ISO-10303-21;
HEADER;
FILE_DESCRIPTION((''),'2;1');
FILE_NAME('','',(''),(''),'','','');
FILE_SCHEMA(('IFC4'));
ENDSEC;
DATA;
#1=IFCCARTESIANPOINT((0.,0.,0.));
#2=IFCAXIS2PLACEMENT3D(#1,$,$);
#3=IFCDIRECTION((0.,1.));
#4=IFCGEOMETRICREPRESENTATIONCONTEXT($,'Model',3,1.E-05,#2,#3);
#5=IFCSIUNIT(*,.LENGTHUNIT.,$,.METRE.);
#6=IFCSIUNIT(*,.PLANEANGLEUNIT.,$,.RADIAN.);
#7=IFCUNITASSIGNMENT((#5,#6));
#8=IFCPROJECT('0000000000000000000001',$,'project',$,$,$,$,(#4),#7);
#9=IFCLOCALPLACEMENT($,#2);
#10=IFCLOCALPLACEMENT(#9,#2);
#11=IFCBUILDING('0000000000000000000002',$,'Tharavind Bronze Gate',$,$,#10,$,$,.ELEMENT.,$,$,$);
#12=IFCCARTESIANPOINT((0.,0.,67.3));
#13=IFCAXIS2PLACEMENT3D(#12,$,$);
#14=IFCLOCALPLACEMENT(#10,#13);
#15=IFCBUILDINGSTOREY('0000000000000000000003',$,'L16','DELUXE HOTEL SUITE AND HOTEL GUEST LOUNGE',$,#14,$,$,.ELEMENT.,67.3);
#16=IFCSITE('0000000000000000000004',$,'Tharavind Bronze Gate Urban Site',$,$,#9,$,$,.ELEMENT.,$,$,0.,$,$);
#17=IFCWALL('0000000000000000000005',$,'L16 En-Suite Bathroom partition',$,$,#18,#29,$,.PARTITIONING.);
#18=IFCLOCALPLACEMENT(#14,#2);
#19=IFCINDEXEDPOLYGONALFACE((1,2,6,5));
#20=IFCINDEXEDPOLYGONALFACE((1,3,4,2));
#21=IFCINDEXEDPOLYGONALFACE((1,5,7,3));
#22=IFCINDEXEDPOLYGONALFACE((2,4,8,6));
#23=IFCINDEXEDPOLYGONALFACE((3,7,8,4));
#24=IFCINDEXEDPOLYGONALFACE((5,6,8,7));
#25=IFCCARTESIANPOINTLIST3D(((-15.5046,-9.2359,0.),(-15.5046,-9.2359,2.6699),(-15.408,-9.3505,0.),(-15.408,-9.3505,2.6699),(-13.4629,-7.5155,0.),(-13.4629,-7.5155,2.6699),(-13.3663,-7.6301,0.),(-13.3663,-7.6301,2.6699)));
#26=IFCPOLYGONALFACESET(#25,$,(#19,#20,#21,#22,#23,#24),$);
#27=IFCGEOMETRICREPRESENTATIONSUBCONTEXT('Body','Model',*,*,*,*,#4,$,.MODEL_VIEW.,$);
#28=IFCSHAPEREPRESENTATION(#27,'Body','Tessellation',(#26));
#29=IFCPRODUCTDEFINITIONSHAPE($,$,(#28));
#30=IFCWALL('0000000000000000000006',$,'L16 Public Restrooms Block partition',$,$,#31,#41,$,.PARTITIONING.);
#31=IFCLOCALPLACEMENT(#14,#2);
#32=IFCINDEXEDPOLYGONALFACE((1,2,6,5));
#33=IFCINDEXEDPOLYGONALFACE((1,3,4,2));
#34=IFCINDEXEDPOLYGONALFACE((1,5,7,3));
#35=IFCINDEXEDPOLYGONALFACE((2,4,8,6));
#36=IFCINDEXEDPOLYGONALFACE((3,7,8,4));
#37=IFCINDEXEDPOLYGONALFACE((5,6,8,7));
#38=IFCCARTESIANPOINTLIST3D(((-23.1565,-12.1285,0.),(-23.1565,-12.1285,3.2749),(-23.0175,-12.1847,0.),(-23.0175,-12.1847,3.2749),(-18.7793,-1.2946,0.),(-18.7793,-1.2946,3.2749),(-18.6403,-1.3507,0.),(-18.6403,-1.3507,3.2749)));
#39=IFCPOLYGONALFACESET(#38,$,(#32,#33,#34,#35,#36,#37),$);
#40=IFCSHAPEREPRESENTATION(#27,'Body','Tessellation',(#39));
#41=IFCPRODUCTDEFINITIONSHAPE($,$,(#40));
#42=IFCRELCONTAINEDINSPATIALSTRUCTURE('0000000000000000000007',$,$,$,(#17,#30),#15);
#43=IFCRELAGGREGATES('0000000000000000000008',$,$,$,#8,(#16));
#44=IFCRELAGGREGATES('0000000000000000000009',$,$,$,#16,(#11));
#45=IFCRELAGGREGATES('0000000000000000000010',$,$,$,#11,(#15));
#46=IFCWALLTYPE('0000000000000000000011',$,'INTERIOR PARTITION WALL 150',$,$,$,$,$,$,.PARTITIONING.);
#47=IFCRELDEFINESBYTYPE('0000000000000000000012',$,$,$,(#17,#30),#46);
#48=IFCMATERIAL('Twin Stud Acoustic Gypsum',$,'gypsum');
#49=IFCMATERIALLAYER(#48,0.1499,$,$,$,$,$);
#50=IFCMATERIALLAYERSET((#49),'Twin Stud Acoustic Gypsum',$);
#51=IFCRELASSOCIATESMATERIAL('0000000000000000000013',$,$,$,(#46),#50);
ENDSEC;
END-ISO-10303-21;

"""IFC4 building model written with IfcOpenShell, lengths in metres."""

from ifc_helpers import new_model, si_unit, direction, frame, frame_2d, origin, place, context, subcontext, project, spatial, rectangle, extrude, material, layer, layer_set, type_object, element, save


model = new_model("IFC4")

# Units and contexts
model_context = context("Model", 3, precision=1e-05, world=origin(), true_north=direction((0.0, 1.0)))
body_context = subcontext(model_context, "Body", "Model", "MODEL_VIEW")
ifc_project = project(units=[si_unit("LENGTHUNIT", "METRE"), si_unit("PLANEANGLEUNIT", "RADIAN")], contexts=[model_context])

# Site, building, storey
site_placement = place(None, origin())
site = spatial("IfcSite", under=ifc_project, at=site_placement, Name="Tharavind Bronze Gate Urban Site", CompositionType="ELEMENT", RefElevation=0.0)
building_placement = place(site_placement, origin())
building = spatial("IfcBuilding", under=site, at=building_placement, Name="Tharavind Bronze Gate", CompositionType="ELEMENT")
storey_placement = place(building_placement, frame((0.0, 0.0, 67.3)))
storey = spatial("IfcBuildingStorey", under=building, at=storey_placement, Name="L16", Description="DELUXE HOTEL SUITE AND HOTEL GUEST LOUNGE", CompositionType="ELEMENT", Elevation=67.3)

# Shared definitions
ifc_material_1 = material(Name="Twin Stud Acoustic Gypsum", Category="gypsum")
ifc_layer_1 = layer(ifc_material_1, 0.1499)
ifc_layer_set_1 = layer_set([ifc_layer_1], Name="Twin Stud Acoustic Gypsum")
wall_type_1 = type_object("IfcWallType", Name="INTERIOR PARTITION WALL 150", PredefinedType="PARTITIONING", material=ifc_layer_set_1)

# Walls
wall_1_placement = place(storey_placement, frame((-15.4563, -9.2932, 0.0), z_axis=(0.0, 0.0, 1.0), x_axis=(0.76471, 0.644375, 0.0)))
element("IfcWall", 1, at=wall_1_placement, inside=storey, type_object=wall_type_1, Name="L16 En-Suite Bathroom partition", PredefinedType="PARTITIONING", context=body_context, shape_type="SweptSolid", body=[
    extrude(rectangle(XDim=2.6699, YDim=0.1499, at=frame_2d((1.335, 0.0))), origin(), (0.0, 0.0, 1.0), 2.6699),
])
wall_2_placement = place(storey_placement, frame((-23.0869, -12.1565, 0.0), z_axis=(0.0, 0.0, 1.0), x_axis=(0.374605, 0.927184, 0.0)))
element("IfcWall", 2, at=wall_2_placement, inside=storey, type_object=wall_type_1, Name="L16 Public Restrooms Block partition", PredefinedType="PARTITIONING", context=body_context, shape_type="SweptSolid", body=[
    extrude(rectangle(XDim=11.6848, YDim=0.1499, at=frame_2d((5.8423, 0.0))), origin(), (0.0, 0.0, 1.0), 3.2749),
])

save(model, "model.ifc")
